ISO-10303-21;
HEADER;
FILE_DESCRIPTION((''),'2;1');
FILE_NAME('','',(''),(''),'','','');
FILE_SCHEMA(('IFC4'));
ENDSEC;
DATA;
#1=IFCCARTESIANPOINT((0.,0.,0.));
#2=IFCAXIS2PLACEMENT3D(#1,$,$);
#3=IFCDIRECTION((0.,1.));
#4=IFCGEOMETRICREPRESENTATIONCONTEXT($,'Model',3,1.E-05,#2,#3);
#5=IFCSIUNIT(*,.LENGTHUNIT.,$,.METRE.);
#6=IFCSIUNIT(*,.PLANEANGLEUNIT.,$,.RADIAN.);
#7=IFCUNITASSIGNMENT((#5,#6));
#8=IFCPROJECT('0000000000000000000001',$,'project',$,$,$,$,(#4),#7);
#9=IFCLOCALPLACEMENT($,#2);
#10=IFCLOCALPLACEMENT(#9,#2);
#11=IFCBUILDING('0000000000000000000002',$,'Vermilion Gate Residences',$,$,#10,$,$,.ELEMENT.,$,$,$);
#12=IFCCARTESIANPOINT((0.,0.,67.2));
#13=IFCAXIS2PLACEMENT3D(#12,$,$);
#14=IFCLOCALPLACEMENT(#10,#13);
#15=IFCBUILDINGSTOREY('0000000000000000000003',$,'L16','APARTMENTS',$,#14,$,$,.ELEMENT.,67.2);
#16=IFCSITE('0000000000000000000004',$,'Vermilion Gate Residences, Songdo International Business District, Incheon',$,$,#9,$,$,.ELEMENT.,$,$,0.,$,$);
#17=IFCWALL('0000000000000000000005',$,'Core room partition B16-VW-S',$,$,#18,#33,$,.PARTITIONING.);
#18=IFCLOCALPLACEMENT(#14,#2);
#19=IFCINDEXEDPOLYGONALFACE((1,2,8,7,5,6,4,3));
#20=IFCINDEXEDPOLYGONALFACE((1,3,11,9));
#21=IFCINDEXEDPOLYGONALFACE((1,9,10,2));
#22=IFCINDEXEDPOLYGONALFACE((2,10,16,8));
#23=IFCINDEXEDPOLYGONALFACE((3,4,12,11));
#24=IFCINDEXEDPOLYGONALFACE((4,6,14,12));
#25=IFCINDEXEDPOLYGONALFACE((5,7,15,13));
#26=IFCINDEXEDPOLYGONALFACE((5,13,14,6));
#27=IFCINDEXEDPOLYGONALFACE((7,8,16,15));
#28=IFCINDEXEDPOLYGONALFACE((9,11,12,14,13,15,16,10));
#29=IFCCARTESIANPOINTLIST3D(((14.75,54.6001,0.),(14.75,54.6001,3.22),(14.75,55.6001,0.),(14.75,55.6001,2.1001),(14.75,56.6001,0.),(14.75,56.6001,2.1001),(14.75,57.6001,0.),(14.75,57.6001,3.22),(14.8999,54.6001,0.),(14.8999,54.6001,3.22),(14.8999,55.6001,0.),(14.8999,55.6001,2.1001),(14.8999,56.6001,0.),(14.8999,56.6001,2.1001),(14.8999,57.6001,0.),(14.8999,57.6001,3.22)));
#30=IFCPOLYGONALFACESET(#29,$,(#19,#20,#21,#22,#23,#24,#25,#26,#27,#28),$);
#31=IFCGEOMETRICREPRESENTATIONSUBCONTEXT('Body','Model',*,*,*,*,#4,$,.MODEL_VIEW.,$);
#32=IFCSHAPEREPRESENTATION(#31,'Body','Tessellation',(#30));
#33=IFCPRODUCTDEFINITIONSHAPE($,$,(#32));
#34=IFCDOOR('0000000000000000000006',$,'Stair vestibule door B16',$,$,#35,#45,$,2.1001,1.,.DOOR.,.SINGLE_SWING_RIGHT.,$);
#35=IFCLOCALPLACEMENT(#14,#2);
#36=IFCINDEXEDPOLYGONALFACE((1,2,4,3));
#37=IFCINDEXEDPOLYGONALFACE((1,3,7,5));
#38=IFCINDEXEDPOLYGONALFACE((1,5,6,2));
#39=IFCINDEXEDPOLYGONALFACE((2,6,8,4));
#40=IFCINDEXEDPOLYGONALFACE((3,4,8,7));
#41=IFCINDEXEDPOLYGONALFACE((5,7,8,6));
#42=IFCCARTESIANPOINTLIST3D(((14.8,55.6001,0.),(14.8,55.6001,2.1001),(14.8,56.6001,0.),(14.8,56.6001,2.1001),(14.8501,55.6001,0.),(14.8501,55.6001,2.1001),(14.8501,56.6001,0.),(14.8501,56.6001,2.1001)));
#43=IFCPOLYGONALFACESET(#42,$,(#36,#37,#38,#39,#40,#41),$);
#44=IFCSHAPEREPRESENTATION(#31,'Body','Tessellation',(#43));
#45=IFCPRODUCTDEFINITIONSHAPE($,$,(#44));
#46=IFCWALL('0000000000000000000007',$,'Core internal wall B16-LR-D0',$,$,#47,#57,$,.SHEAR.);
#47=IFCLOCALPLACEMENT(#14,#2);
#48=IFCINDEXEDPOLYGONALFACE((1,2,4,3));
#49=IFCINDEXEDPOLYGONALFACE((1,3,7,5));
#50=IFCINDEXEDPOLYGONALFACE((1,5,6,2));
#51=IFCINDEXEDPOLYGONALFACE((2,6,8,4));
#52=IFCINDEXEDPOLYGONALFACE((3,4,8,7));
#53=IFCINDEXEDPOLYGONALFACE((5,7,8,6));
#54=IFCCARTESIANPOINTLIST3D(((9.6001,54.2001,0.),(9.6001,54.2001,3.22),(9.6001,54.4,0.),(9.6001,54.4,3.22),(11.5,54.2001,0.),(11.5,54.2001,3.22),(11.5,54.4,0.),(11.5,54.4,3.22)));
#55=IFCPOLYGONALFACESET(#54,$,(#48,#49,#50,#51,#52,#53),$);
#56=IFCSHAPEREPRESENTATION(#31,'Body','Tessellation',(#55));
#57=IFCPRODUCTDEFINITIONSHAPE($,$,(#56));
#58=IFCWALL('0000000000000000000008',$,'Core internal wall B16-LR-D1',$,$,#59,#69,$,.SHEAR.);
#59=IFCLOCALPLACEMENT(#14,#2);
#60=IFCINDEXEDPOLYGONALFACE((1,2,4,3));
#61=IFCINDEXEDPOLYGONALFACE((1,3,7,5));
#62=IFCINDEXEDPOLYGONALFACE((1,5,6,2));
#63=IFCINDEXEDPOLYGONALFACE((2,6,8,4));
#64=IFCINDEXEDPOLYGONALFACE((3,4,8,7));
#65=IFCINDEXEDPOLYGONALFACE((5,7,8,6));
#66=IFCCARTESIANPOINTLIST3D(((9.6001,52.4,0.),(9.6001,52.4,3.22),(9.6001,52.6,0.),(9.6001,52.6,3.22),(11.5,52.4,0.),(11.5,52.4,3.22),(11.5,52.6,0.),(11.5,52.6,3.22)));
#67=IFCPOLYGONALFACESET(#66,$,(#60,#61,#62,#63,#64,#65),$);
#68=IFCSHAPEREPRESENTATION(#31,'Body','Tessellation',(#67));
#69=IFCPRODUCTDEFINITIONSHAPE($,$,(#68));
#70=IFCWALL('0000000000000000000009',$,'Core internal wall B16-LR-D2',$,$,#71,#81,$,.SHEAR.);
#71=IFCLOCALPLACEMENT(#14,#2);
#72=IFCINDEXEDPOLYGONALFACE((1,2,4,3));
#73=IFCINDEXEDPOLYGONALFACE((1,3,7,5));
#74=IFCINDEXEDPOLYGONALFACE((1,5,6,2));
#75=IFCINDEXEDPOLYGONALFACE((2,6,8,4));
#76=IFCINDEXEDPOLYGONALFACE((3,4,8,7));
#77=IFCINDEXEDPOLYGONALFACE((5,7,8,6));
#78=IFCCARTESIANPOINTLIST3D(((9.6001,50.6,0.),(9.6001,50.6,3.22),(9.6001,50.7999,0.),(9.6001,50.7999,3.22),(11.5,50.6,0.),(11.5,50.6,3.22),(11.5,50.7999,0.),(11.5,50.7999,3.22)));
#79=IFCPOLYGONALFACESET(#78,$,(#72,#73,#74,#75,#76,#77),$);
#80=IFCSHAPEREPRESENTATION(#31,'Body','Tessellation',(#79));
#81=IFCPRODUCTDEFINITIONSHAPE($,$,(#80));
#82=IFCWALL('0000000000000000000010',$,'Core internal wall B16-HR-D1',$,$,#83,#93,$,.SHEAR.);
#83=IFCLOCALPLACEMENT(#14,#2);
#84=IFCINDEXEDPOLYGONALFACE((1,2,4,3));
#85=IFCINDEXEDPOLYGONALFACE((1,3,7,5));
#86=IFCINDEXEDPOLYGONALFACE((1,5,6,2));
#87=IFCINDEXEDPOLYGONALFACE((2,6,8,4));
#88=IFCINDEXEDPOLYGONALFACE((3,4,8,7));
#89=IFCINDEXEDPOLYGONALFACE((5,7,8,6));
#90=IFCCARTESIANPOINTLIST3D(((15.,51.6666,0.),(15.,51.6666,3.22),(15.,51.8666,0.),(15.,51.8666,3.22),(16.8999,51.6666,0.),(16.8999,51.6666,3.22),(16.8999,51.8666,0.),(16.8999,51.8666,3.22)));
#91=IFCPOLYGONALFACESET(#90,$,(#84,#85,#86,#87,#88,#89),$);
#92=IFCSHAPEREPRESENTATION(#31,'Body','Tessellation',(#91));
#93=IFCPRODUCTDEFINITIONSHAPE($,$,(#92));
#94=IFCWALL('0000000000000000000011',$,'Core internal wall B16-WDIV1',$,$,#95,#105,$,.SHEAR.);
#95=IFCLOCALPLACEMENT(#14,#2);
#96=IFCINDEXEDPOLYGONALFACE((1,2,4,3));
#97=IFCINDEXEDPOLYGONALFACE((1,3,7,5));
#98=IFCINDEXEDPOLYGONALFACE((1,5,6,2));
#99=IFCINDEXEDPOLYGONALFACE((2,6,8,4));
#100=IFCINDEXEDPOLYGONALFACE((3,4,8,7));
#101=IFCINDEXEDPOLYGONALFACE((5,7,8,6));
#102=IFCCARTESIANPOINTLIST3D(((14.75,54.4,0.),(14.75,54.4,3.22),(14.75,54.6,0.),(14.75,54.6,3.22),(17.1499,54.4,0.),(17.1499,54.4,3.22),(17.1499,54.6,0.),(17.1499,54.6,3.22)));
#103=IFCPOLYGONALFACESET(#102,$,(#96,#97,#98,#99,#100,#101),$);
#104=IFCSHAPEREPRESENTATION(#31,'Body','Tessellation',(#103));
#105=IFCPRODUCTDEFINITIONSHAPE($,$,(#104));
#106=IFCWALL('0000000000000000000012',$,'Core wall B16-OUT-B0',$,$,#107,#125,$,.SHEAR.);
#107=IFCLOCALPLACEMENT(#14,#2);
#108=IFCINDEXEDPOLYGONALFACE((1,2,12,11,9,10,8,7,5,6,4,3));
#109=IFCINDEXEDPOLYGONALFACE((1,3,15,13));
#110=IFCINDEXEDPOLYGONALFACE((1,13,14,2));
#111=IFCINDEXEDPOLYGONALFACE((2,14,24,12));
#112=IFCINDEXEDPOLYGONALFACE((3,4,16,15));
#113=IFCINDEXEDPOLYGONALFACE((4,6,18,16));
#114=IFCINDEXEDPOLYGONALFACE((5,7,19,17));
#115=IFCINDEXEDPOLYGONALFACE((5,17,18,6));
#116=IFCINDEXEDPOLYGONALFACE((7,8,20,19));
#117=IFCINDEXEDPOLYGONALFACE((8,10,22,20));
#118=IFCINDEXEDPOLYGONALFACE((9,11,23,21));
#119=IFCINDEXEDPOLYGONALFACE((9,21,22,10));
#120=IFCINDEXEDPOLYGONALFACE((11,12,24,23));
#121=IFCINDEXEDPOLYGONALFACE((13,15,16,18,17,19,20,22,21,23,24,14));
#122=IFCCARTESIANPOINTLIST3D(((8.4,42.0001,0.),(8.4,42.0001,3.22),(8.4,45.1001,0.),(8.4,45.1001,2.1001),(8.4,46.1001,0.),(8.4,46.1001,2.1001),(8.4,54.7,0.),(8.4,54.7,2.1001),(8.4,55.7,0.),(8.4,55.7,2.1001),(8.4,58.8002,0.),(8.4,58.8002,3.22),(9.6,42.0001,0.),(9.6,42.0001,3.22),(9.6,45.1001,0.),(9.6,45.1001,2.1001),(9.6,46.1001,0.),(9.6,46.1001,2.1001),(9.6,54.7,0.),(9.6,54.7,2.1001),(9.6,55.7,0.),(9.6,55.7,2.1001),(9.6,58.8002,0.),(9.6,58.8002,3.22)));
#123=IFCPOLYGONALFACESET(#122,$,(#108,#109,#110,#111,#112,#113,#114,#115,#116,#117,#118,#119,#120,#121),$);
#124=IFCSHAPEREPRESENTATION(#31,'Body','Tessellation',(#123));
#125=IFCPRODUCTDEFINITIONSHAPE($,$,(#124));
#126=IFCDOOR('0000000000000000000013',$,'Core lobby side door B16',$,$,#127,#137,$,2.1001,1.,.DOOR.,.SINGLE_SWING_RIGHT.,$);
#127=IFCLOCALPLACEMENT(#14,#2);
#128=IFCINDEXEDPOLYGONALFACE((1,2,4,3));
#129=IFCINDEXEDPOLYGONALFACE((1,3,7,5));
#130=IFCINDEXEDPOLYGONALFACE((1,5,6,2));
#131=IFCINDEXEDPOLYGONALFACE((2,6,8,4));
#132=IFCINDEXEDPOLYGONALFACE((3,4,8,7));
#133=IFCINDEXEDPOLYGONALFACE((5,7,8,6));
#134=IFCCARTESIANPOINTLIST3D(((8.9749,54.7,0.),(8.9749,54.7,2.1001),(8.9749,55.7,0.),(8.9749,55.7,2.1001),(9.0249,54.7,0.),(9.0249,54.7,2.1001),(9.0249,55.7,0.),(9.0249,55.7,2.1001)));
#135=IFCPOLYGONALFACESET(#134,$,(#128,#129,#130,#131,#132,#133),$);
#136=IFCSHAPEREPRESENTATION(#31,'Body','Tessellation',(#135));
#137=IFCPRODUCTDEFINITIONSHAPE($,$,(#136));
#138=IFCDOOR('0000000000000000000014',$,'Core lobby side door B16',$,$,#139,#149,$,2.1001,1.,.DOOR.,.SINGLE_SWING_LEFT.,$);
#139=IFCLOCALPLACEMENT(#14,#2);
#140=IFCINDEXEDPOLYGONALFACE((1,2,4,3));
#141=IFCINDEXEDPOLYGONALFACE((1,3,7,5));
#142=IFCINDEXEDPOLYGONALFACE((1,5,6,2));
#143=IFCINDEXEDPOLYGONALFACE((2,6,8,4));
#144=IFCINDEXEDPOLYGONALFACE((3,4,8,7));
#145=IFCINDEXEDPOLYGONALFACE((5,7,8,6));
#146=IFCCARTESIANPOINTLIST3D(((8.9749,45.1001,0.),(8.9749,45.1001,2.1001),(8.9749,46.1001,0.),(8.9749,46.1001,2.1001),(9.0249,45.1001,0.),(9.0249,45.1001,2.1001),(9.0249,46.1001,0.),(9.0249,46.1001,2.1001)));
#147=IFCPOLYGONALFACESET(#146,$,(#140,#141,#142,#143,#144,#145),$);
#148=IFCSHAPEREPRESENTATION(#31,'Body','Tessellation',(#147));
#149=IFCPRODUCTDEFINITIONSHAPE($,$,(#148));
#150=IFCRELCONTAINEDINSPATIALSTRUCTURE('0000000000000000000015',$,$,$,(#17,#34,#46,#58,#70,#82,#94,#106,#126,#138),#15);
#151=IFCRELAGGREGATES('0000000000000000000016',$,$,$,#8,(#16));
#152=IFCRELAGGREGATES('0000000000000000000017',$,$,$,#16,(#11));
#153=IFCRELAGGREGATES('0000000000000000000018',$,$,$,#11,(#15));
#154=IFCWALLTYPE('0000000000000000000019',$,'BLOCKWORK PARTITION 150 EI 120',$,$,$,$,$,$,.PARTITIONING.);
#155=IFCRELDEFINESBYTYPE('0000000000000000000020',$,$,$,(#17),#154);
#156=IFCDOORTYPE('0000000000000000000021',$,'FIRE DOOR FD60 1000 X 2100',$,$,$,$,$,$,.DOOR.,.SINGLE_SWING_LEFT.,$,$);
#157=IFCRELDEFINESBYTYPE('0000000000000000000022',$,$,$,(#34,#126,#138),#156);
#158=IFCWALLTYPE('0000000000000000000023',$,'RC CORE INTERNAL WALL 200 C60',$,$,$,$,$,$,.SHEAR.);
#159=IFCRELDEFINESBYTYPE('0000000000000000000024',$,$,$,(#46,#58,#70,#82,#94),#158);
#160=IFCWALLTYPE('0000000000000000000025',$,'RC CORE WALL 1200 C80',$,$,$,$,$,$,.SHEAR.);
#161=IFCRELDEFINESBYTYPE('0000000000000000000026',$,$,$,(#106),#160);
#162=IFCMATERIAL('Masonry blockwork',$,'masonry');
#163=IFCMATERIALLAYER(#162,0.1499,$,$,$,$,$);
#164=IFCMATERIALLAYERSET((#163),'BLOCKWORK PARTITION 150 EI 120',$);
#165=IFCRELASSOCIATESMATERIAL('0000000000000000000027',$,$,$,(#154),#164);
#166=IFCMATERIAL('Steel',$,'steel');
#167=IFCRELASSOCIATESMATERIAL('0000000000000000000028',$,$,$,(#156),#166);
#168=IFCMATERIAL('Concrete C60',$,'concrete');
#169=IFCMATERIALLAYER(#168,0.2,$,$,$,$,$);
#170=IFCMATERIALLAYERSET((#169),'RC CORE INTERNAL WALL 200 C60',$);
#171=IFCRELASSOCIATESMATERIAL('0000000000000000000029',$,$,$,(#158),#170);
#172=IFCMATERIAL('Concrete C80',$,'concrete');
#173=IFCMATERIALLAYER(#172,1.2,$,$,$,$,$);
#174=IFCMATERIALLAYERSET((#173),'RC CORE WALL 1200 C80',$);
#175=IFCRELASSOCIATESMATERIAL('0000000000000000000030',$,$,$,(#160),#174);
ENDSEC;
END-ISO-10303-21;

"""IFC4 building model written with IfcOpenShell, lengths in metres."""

from ifc_helpers import new_model, si_unit, direction, frame, frame_2d, origin, place, context, subcontext, project, spatial, rectangle, extrude, material, layer, layer_set, type_object, element, fill, save


model = new_model("IFC4")

# Units and contexts
model_context = context("Model", 3, precision=1e-05, world=origin(), true_north=direction((0.0, 1.0)))
body_context = subcontext(model_context, "Body", "Model", "MODEL_VIEW")
ifc_project = project(units=[si_unit("LENGTHUNIT", "METRE"), si_unit("PLANEANGLEUNIT", "RADIAN")], contexts=[model_context])

# Site, building, storey
site_placement = place(None, origin())
site = spatial("IfcSite", under=ifc_project, at=site_placement, Name="Vermilion Gate Residences, Songdo International Business District, Incheon", CompositionType="ELEMENT", RefElevation=0.0)
building_placement = place(site_placement, origin())
building = spatial("IfcBuilding", under=site, at=building_placement, Name="Vermilion Gate Residences", CompositionType="ELEMENT")
storey_placement = place(building_placement, frame((0.0, 0.0, 67.2)))
storey = spatial("IfcBuildingStorey", under=building, at=storey_placement, Name="L16", Description="APARTMENTS", CompositionType="ELEMENT", Elevation=67.2)

# Wall, opening, door
ifc_material_1 = material(Name="Masonry blockwork", Category="masonry")
ifc_layer_1 = layer(ifc_material_1, 0.1499)
ifc_layer_set_1 = layer_set([ifc_layer_1], Name="BLOCKWORK PARTITION 150 EI 120")
wall_type_1 = type_object("IfcWallType", Name="BLOCKWORK PARTITION 150 EI 120", PredefinedType="PARTITIONING", material=ifc_layer_set_1)
wall_1_placement = place(storey_placement, frame((14.825, 57.6001, 0.0), z_axis=(0.0, 0.0, 1.0), x_axis=(0.0, -1.0, 0.0)))
wall_1 = element("IfcWall", 1, at=wall_1_placement, inside=storey, type_object=wall_type_1, Name="Core room partition B16-VW-S", PredefinedType="PARTITIONING", context=body_context, shape_type="SweptSolid", body=[
    extrude(rectangle(XDim=3.0, YDim=0.1499, at=frame_2d((1.5, 0.0))), origin(), (0.0, 0.0, 1.0), 3.22),
])
opening_1_placement = place(wall_1_placement, frame((1.0, 0.0, 0.0)))
opening_1 = element("IfcOpeningElement", 2, at=opening_1_placement, cuts=wall_1, PredefinedType="OPENING", context=body_context, shape_type="SweptSolid", body=[
    extrude(rectangle(XDim=1.0, YDim=2.1001, at=frame_2d((0.5, 1.05))), frame((0.0, 0.085, 0.0), z_axis=(0.0, -1.0, 0.0), x_axis=(1.0, 0.0, 0.0)), (0.0, 0.0, 1.0), 0.1699),
])
ifc_material_2 = material(Name="Steel", Category="steel")
door_type_1 = type_object("IfcDoorType", Name="FIRE DOOR FD60 1000 X 2100", OperationType="SINGLE_SWING_LEFT", PredefinedType="DOOR", material=ifc_material_2)
door_1_placement = place(opening_1_placement, frame((1.0, 0.0, 0.0), z_axis=(0.0, 0.0, 1.0), x_axis=(-1.0, 0.0, 0.0)))
door_1 = element("IfcDoor", 3, at=door_1_placement, inside=storey, type_object=door_type_1, Name="Stair vestibule door B16", OperationType="SINGLE_SWING_RIGHT", OverallHeight=2.1001, OverallWidth=1.0, PredefinedType="DOOR", context=body_context, shape_type="SweptSolid", body=[
    extrude(rectangle(XDim=1.0, YDim=2.1001, at=frame_2d((0.5, 1.05))), frame((0.0, 0.0249, 0.0), z_axis=(0.0, -1.0, 0.0), x_axis=(1.0, 0.0, 0.0)), (0.0, 0.0, 1.0), 0.05),
])
fill(opening_1, door_1)

# Walls
ifc_material_3 = material(Name="Concrete C60", Category="concrete")
ifc_layer_2 = layer(ifc_material_3, 0.2)
ifc_layer_set_2 = layer_set([ifc_layer_2], Name="RC CORE INTERNAL WALL 200 C60")
wall_type_2 = type_object("IfcWallType", Name="RC CORE INTERNAL WALL 200 C60", PredefinedType="SHEAR", material=ifc_layer_set_2)
for number, where, z_axis, x_axis, name in (
    (4, (9.6001, 54.3, 0.0), (0.0, 0.0, 1.0), (1.0, 0.0, 0.0), "Core internal wall B16-LR-D0"),
    (5, (9.6001, 52.5, 0.0), (0.0, 0.0, 1.0), (1.0, 0.0, 0.0), "Core internal wall B16-LR-D1"),
    (6, (9.6001, 50.7, 0.0), (0.0, 0.0, 1.0), (1.0, 0.0, 0.0), "Core internal wall B16-LR-D2"),
    (7, (15.0, 51.7666, 0.0), (0.0, 0.0, 1.0), (1.0, 0.0, 0.0), "Core internal wall B16-HR-D1"),
):
    element("IfcWall", number, at=place(storey_placement, frame(where, z_axis=z_axis, x_axis=x_axis)), inside=storey, type_object=wall_type_2, Name=name, PredefinedType="SHEAR", context=body_context, shape_type="SweptSolid", body=[
        extrude(rectangle(XDim=1.8999, YDim=0.2, at=frame_2d((0.95, 0.0))), origin(), (0.0, 0.0, 1.0), 3.22),
    ])
wall_2_placement = place(storey_placement, frame((14.75, 54.5, 0.0), z_axis=(0.0, 0.0, 1.0), x_axis=(1.0, 0.0, 0.0)))
element("IfcWall", 8, at=wall_2_placement, inside=storey, type_object=wall_type_2, Name="Core internal wall B16-WDIV1", PredefinedType="SHEAR", context=body_context, shape_type="SweptSolid", body=[
    extrude(rectangle(XDim=2.3999, YDim=0.2, at=frame_2d((1.2, 0.0))), origin(), (0.0, 0.0, 1.0), 3.22),
])

# Wall, openings, doors
ifc_material_4 = material(Name="Concrete C80", Category="concrete")
ifc_layer_3 = layer(ifc_material_4, 1.2)
ifc_layer_set_3 = layer_set([ifc_layer_3], Name="RC CORE WALL 1200 C80")
wall_type_3 = type_object("IfcWallType", Name="RC CORE WALL 1200 C80", PredefinedType="SHEAR", material=ifc_layer_set_3)
wall_3_placement = place(storey_placement, frame((9.0, 58.8, 0.0), z_axis=(0.0, 0.0, 1.0), x_axis=(0.0, -1.0, 0.0)))
wall_3 = element("IfcWall", 9, at=wall_3_placement, inside=storey, type_object=wall_type_3, Name="Core wall B16-OUT-B0", PredefinedType="SHEAR", context=body_context, shape_type="SweptSolid", body=[
    extrude(rectangle(XDim=16.8, YDim=1.2, at=frame_2d((8.3999, 0.0))), origin(), (0.0, 0.0, 1.0), 3.22),
])
opening_2_placement = place(wall_3_placement, frame((3.1001, 0.0, 0.0)))
opening_2 = element("IfcOpeningElement", 10, at=opening_2_placement, cuts=wall_3, PredefinedType="OPENING", context=body_context, shape_type="SweptSolid", body=[
    extrude(rectangle(XDim=1.0, YDim=2.1001, at=frame_2d((0.5, 1.05))), frame((0.0, 0.6099, 0.0), z_axis=(0.0, -1.0, 0.0), x_axis=(1.0, 0.0, 0.0)), (0.0, 0.0, 1.0), 1.22),
])
opening_3_placement = place(wall_3_placement, frame((12.7, 0.0, 0.0)))
opening_3 = element("IfcOpeningElement", 11, at=opening_3_placement, cuts=wall_3, PredefinedType="OPENING", context=body_context, shape_type="SweptSolid", body=[
    extrude(rectangle(XDim=1.0, YDim=2.1001, at=frame_2d((0.5, 1.05))), frame((0.0, 0.6099, 0.0), z_axis=(0.0, -1.0, 0.0), x_axis=(1.0, 0.0, 0.0)), (0.0, 0.0, 1.0), 1.22),
])
door_2_placement = place(opening_2_placement, origin())
door_2 = element("IfcDoor", 12, at=door_2_placement, inside=storey, type_object=door_type_1, Name="Core lobby side door B16", OperationType="SINGLE_SWING_RIGHT", OverallHeight=2.1001, OverallWidth=1.0, PredefinedType="DOOR", context=body_context, shape_type="SweptSolid", body=[
    extrude(rectangle(XDim=1.0, YDim=2.1001, at=frame_2d((0.5, 1.05))), frame((0.0, 0.0249, 0.0), z_axis=(0.0, -1.0, 0.0), x_axis=(1.0, 0.0, 0.0)), (0.0, 0.0, 1.0), 0.05),
])
fill(opening_2, door_2)
door_3_placement = place(opening_3_placement, origin())
door_3 = element("IfcDoor", 13, at=door_3_placement, inside=storey, type_object=door_type_1, Name="Core lobby side door B16", OperationType="SINGLE_SWING_LEFT", OverallHeight=2.1001, OverallWidth=1.0, PredefinedType="DOOR", context=body_context, shape_type="SweptSolid", body=[
    extrude(rectangle(XDim=1.0, YDim=2.1001, at=frame_2d((0.5, 1.05))), frame((0.0, 0.0249, 0.0), z_axis=(0.0, -1.0, 0.0), x_axis=(1.0, 0.0, 0.0)), (0.0, 0.0, 1.0), 0.05),
])
fill(opening_3, door_3)

save(model, "model.ifc")
